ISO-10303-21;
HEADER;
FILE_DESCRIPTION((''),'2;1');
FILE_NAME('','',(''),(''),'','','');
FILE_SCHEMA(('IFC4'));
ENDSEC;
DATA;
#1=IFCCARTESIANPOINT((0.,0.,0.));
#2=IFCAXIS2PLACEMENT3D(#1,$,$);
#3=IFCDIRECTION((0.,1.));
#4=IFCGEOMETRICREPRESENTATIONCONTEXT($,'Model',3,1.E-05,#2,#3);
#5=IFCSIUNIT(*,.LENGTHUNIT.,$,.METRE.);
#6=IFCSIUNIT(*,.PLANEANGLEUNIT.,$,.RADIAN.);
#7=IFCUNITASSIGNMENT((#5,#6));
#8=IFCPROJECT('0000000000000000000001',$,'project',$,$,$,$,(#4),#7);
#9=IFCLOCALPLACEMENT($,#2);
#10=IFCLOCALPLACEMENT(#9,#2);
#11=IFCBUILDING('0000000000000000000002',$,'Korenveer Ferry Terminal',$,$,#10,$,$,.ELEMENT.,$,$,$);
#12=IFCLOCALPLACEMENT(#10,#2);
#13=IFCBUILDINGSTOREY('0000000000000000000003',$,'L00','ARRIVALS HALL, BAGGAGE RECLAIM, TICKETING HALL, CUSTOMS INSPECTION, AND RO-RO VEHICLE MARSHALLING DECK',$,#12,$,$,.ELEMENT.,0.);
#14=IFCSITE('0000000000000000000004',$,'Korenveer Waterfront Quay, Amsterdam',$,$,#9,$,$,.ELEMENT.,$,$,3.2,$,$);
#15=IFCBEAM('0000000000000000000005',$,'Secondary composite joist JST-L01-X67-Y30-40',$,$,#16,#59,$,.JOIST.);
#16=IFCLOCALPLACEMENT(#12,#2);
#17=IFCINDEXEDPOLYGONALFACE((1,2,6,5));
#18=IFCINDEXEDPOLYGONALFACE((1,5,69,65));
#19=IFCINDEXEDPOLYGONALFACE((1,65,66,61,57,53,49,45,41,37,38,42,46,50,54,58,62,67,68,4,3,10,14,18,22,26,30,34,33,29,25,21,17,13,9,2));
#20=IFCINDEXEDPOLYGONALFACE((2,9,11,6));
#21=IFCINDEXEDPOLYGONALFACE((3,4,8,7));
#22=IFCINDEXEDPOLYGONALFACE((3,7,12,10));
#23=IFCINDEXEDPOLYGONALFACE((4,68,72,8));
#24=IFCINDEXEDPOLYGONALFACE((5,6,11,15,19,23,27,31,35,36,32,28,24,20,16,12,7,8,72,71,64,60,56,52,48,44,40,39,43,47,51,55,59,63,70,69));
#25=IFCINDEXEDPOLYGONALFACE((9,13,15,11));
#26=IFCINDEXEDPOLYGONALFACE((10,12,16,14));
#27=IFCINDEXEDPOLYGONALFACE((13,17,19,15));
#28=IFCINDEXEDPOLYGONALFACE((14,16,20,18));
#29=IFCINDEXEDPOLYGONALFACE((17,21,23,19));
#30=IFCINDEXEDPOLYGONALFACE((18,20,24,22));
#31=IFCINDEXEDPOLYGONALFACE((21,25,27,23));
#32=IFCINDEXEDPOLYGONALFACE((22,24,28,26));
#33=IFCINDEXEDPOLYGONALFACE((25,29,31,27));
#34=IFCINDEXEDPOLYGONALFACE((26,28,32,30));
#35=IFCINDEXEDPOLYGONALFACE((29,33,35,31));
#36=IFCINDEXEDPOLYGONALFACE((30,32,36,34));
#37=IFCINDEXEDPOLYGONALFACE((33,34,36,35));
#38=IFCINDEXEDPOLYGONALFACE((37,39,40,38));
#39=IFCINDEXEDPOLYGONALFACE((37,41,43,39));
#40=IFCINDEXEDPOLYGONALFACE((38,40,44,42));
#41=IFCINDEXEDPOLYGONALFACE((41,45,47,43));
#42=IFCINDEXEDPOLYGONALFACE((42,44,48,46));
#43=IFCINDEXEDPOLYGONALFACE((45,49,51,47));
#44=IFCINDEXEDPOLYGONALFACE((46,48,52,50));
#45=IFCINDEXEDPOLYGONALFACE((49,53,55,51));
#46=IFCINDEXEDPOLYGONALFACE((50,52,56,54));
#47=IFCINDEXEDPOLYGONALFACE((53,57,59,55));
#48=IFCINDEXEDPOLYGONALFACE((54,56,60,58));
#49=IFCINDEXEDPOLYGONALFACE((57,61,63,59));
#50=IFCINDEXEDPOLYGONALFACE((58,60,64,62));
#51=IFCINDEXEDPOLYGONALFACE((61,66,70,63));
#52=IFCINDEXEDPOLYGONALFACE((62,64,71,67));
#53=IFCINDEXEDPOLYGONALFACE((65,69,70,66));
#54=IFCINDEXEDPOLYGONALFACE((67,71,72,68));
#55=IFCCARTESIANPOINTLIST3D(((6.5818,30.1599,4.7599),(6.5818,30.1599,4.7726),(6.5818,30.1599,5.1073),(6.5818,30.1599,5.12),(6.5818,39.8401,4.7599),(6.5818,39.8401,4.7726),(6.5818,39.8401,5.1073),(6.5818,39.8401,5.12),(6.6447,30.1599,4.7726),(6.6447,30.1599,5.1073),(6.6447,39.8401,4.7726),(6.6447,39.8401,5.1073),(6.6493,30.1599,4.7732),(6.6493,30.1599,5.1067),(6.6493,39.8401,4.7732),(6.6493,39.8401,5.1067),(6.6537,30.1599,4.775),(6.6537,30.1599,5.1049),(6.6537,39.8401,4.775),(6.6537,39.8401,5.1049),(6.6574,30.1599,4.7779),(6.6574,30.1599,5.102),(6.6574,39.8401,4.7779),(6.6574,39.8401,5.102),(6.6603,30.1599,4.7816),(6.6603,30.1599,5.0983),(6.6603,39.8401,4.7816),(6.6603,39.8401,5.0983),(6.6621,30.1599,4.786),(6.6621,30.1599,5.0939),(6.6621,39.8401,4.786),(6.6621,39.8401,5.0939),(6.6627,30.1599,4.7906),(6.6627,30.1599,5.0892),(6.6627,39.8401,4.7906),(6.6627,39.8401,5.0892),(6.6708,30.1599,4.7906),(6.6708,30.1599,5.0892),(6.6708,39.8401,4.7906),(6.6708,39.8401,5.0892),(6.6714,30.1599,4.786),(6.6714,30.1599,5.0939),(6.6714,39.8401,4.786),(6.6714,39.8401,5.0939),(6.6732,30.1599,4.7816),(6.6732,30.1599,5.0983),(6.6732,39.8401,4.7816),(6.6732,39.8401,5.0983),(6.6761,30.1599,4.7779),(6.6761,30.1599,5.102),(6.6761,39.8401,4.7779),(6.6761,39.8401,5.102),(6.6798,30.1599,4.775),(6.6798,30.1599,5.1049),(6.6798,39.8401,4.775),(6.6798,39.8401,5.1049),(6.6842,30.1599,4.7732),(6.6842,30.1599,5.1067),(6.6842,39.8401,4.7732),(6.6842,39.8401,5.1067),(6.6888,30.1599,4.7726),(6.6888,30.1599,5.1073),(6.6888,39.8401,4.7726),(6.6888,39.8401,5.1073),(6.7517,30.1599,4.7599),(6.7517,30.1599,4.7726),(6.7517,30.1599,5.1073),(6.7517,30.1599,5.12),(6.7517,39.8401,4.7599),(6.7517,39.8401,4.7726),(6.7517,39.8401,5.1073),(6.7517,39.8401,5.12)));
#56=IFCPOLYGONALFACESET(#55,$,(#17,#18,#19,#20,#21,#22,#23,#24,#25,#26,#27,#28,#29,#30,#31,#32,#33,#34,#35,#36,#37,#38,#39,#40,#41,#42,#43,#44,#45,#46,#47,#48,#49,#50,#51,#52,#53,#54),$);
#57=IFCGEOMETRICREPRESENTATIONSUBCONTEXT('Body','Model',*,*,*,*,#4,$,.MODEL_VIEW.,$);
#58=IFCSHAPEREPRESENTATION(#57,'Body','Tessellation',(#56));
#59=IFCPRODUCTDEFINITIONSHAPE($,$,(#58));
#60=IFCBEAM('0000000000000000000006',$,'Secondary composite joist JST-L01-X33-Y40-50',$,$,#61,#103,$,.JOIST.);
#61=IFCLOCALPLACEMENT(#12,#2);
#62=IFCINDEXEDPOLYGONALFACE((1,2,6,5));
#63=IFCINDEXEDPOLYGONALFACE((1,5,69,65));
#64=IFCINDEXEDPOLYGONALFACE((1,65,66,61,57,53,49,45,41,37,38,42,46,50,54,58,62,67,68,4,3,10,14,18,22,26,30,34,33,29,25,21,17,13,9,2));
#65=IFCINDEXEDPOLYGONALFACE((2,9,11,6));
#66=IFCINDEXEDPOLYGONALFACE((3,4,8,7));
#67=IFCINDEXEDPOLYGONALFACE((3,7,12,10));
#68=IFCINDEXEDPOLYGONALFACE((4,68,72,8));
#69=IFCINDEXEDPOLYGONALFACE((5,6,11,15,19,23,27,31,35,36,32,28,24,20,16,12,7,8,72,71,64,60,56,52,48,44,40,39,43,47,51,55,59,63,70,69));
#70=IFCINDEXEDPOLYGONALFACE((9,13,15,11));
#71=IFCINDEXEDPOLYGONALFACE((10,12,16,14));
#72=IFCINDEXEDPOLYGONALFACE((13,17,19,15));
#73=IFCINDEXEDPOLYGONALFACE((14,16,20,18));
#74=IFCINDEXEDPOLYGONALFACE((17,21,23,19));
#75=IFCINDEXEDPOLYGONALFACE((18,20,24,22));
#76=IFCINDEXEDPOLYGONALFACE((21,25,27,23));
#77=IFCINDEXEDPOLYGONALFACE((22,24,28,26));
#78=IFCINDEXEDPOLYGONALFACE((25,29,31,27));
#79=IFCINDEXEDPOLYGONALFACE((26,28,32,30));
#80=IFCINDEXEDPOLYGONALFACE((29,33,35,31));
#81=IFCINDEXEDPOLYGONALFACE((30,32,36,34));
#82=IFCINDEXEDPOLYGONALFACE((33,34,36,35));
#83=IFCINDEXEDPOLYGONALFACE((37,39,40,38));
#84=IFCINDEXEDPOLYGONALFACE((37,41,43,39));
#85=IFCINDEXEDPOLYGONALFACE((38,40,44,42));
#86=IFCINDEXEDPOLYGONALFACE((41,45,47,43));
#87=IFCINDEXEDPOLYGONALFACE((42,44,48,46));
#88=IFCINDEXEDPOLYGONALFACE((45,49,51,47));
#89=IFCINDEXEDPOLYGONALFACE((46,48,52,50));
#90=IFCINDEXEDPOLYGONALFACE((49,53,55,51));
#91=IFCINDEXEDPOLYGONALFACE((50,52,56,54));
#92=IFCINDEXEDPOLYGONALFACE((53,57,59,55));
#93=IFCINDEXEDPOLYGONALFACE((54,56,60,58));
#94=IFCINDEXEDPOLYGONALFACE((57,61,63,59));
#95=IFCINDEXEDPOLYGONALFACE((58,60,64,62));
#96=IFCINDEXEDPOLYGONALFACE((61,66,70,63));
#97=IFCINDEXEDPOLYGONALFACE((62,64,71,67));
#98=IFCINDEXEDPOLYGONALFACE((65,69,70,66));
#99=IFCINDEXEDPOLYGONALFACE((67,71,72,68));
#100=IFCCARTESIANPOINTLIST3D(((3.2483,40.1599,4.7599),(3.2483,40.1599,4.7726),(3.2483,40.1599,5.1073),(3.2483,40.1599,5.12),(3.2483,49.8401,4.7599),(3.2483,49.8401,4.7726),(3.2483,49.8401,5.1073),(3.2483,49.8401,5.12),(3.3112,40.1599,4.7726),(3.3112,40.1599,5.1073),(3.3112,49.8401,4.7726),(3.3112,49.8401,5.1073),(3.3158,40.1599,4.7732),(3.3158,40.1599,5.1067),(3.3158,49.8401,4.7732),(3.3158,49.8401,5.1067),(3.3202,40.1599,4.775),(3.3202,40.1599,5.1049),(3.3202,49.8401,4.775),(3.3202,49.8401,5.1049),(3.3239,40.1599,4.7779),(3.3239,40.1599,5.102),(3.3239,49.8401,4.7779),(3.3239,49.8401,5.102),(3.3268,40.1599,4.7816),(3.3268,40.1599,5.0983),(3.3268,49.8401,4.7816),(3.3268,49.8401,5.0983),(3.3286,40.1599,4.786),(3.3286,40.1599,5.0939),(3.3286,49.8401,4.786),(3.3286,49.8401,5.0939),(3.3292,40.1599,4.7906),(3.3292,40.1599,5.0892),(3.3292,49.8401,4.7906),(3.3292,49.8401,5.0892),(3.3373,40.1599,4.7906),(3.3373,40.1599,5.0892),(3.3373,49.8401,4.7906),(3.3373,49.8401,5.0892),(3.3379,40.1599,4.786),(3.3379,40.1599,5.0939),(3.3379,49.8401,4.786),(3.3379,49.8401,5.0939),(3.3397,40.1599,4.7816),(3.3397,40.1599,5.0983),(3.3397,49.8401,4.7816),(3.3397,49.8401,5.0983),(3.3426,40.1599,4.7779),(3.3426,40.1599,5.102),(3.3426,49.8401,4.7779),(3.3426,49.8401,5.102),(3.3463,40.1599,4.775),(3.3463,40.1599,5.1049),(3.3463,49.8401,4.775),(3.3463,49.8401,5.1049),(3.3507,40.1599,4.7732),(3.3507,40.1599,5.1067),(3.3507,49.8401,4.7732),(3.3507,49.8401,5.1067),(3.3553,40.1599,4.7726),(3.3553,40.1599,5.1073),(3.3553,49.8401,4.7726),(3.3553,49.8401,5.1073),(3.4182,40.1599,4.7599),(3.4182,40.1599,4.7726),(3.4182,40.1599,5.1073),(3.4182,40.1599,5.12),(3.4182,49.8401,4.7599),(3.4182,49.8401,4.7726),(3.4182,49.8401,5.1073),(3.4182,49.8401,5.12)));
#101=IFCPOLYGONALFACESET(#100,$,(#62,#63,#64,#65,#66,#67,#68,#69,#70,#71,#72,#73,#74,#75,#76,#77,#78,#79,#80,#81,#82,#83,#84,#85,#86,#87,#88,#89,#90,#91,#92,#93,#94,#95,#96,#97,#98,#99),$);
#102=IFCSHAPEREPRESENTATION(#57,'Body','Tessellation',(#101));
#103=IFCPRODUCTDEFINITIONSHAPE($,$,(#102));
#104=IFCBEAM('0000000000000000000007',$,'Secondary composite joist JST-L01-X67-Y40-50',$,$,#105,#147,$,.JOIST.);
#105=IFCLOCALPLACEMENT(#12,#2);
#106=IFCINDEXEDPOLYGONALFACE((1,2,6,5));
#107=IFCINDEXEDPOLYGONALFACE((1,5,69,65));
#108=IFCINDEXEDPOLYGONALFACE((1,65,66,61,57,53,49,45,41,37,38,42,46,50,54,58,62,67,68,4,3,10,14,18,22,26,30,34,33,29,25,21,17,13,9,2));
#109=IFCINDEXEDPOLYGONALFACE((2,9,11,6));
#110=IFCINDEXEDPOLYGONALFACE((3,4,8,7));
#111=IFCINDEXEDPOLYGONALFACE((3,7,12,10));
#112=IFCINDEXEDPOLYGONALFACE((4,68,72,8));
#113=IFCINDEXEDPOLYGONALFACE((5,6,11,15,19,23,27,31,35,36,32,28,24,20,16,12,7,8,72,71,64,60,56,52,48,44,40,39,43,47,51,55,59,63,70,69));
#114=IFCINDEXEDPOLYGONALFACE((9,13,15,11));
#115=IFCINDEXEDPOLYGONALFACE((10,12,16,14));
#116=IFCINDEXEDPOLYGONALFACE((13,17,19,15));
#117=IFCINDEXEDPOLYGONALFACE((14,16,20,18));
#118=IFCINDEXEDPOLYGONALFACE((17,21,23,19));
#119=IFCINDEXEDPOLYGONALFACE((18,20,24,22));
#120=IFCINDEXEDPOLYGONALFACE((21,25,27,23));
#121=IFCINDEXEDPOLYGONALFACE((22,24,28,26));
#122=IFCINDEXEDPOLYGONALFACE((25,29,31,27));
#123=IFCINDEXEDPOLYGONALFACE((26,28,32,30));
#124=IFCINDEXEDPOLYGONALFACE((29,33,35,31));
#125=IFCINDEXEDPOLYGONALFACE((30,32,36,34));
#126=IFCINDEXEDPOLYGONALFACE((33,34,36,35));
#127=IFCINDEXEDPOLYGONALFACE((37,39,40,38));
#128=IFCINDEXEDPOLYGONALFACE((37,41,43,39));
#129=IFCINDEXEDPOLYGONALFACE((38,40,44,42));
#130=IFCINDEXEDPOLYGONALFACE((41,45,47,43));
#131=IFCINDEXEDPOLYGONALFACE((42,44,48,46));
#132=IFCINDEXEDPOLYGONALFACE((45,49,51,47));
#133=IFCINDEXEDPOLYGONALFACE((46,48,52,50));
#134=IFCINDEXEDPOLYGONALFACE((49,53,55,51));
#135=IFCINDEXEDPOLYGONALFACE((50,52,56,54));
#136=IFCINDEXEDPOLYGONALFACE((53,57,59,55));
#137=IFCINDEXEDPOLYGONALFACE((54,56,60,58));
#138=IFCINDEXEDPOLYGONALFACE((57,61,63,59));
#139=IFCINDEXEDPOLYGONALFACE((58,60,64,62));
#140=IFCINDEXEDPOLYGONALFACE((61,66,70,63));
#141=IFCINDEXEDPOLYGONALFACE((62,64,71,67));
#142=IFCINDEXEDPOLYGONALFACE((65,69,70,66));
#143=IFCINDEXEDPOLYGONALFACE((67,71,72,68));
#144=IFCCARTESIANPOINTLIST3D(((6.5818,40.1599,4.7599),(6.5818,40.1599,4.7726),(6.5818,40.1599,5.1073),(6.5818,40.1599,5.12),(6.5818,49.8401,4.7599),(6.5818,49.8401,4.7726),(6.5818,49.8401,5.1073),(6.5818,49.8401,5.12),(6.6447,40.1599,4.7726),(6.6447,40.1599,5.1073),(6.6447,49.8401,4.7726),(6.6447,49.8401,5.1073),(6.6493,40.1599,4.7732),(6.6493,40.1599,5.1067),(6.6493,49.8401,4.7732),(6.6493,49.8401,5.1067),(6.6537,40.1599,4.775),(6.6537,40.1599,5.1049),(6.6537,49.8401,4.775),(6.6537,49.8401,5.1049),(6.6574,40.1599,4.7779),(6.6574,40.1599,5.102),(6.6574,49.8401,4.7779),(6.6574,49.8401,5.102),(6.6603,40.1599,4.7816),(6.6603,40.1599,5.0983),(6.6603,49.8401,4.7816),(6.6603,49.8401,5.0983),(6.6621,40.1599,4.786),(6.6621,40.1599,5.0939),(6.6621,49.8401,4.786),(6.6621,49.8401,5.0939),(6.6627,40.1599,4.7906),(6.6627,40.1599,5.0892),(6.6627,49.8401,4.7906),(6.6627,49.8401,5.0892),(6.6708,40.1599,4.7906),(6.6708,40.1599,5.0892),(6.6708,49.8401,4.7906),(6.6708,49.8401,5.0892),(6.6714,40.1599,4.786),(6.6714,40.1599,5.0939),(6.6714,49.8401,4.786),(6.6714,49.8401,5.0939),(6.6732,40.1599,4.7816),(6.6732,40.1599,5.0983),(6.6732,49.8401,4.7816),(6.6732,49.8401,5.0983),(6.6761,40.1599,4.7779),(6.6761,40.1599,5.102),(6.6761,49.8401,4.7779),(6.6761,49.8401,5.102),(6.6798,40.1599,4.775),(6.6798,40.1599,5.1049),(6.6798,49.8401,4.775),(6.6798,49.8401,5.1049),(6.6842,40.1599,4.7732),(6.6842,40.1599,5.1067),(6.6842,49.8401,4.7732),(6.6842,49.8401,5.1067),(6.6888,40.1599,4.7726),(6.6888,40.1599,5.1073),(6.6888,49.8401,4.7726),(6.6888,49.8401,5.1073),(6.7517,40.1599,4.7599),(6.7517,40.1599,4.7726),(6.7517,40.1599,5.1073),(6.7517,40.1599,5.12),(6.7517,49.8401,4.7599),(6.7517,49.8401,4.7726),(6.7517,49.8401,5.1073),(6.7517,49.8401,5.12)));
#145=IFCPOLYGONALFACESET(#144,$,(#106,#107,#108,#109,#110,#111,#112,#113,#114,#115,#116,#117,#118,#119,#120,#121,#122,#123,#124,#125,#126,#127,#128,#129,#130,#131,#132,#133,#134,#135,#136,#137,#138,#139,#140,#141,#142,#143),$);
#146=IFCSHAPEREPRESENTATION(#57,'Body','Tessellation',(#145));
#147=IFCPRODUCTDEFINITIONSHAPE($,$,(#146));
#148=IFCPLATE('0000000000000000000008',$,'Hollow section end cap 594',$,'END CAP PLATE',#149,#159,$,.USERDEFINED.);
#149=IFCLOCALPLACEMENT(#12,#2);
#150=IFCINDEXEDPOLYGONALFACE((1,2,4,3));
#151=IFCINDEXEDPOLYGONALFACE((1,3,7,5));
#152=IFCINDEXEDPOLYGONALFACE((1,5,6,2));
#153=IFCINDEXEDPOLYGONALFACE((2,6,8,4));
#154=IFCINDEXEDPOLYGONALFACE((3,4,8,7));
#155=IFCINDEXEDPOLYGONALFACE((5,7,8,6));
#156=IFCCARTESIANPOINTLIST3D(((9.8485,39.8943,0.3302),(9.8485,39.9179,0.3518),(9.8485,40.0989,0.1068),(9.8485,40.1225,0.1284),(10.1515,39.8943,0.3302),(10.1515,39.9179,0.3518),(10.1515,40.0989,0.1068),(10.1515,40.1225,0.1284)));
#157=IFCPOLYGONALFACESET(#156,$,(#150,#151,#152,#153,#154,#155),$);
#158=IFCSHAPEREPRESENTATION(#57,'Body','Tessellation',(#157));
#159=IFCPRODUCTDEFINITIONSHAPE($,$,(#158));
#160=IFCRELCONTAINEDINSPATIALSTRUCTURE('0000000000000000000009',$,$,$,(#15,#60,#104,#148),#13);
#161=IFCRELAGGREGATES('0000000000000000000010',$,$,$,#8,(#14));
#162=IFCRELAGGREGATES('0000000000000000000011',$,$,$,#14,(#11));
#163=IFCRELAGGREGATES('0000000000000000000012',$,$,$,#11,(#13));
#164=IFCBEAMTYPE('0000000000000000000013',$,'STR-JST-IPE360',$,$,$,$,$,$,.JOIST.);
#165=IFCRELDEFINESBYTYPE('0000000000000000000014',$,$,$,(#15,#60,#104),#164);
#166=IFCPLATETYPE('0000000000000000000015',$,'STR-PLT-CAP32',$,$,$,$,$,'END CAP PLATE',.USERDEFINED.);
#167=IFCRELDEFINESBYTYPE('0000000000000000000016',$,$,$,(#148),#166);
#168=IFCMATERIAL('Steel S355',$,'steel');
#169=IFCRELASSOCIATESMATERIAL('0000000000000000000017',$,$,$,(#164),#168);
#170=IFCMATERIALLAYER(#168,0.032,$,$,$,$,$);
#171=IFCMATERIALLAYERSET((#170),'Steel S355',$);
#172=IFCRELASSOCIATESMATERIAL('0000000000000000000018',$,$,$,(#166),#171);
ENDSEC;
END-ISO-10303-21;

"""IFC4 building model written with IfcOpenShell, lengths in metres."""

from ifc_helpers import new_model, si_unit, direction, frame, origin, origin_2d, place, context, subcontext, project, spatial, rectangle, i_section, extrude, material, layer, layer_set, material_profile, profile_set, type_object, element, save


model = new_model("IFC4")

# Units and contexts
model_context = context("Model", 3, precision=1e-05, world=origin(), true_north=direction((0.0, 1.0)))
body_context = subcontext(model_context, "Body", "Model", "MODEL_VIEW")
ifc_project = project(units=[si_unit("LENGTHUNIT", "METRE"), si_unit("PLANEANGLEUNIT", "RADIAN")], contexts=[model_context])

# Site, building, storey
site_placement = place(None, origin())
site = spatial("IfcSite", under=ifc_project, at=site_placement, Name="Korenveer Waterfront Quay, Amsterdam", CompositionType="ELEMENT", RefElevation=3.2)
building_placement = place(site_placement, origin())
building = spatial("IfcBuilding", under=site, at=building_placement, Name="Korenveer Ferry Terminal", CompositionType="ELEMENT")
storey_placement = place(building_placement, origin())
storey = spatial("IfcBuildingStorey", under=building, at=storey_placement, Name="L00", Description="ARRIVALS HALL, BAGGAGE RECLAIM, TICKETING HALL, CUSTOMS INSPECTION, AND RO-RO VEHICLE MARSHALLING DECK", CompositionType="ELEMENT", Elevation=0.0)

# Shared definitions
ifc_material_1 = material(Name="Steel S355", Category="steel")

# Beams
ifc_material_profile_1 = material_profile(ifc_material_1, i_section(OverallWidth=0.1699, OverallDepth=0.3601, WebThickness=0.0081, FlangeThickness=0.0127, FilletRadius=0.0181, at=origin_2d()), Name="IPE 360")
ifc_profile_set_1 = profile_set([ifc_material_profile_1], Name="Steel S355")
beam_type_1 = type_object("IfcBeamType", Name="STR-JST-IPE360", PredefinedType="JOIST", material=ifc_profile_set_1)
for number, where, z_axis, x_axis, name in (
    (1, (6.6667, 30.1599, 4.9399), (0.0, 1.0, 0.0), (-1.0, 0.0, 0.0), "Secondary composite joist JST-L01-X67-Y30-40"),
    (2, (3.3333, 40.1599, 4.9399), (0.0, 1.0, 0.0), (-1.0, 0.0, 0.0), "Secondary composite joist JST-L01-X33-Y40-50"),
    (3, (6.6667, 40.1599, 4.9399), (0.0, 1.0, 0.0), (-1.0, 0.0, 0.0), "Secondary composite joist JST-L01-X67-Y40-50"),
):
    element("IfcBeam", number, at=place(storey_placement, frame(where, z_axis=z_axis, x_axis=x_axis)), inside=storey, type_object=beam_type_1, Name=name, PredefinedType="JOIST", context=body_context, shape_type="SweptSolid", body=[
        extrude(i_section(OverallWidth=0.1699, OverallDepth=0.3601, WebThickness=0.0081, FlangeThickness=0.0127, FilletRadius=0.0181, at=origin_2d()), origin(), (0.0, 0.0, 1.0), 9.6802),
    ])

# Plate
ifc_layer = layer(ifc_material_1, 0.032)
ifc_layer_set = layer_set([ifc_layer], Name="Steel S355")
plate_type = type_object("IfcPlateType", Name="STR-PLT-CAP32", ElementType="END CAP PLATE", PredefinedType="USERDEFINED", material=ifc_layer_set)
plate_placement = place(storey_placement, frame((10.0, 39.9966, 0.2185), z_axis=(0.0, 0.737523, 0.675322), x_axis=(-1.0, 0.0, 0.0)))
element("IfcPlate", 4, at=plate_placement, inside=storey, type_object=plate_type, Name="Hollow section end cap 594", ObjectType="END CAP PLATE", PredefinedType="USERDEFINED", context=body_context, shape_type="SweptSolid", body=[
    extrude(rectangle(XDim=0.303, YDim=0.303, at=origin_2d()), origin(), (0.0, 0.0, 1.0), 0.032),
])

save(model, "model.ifc")
